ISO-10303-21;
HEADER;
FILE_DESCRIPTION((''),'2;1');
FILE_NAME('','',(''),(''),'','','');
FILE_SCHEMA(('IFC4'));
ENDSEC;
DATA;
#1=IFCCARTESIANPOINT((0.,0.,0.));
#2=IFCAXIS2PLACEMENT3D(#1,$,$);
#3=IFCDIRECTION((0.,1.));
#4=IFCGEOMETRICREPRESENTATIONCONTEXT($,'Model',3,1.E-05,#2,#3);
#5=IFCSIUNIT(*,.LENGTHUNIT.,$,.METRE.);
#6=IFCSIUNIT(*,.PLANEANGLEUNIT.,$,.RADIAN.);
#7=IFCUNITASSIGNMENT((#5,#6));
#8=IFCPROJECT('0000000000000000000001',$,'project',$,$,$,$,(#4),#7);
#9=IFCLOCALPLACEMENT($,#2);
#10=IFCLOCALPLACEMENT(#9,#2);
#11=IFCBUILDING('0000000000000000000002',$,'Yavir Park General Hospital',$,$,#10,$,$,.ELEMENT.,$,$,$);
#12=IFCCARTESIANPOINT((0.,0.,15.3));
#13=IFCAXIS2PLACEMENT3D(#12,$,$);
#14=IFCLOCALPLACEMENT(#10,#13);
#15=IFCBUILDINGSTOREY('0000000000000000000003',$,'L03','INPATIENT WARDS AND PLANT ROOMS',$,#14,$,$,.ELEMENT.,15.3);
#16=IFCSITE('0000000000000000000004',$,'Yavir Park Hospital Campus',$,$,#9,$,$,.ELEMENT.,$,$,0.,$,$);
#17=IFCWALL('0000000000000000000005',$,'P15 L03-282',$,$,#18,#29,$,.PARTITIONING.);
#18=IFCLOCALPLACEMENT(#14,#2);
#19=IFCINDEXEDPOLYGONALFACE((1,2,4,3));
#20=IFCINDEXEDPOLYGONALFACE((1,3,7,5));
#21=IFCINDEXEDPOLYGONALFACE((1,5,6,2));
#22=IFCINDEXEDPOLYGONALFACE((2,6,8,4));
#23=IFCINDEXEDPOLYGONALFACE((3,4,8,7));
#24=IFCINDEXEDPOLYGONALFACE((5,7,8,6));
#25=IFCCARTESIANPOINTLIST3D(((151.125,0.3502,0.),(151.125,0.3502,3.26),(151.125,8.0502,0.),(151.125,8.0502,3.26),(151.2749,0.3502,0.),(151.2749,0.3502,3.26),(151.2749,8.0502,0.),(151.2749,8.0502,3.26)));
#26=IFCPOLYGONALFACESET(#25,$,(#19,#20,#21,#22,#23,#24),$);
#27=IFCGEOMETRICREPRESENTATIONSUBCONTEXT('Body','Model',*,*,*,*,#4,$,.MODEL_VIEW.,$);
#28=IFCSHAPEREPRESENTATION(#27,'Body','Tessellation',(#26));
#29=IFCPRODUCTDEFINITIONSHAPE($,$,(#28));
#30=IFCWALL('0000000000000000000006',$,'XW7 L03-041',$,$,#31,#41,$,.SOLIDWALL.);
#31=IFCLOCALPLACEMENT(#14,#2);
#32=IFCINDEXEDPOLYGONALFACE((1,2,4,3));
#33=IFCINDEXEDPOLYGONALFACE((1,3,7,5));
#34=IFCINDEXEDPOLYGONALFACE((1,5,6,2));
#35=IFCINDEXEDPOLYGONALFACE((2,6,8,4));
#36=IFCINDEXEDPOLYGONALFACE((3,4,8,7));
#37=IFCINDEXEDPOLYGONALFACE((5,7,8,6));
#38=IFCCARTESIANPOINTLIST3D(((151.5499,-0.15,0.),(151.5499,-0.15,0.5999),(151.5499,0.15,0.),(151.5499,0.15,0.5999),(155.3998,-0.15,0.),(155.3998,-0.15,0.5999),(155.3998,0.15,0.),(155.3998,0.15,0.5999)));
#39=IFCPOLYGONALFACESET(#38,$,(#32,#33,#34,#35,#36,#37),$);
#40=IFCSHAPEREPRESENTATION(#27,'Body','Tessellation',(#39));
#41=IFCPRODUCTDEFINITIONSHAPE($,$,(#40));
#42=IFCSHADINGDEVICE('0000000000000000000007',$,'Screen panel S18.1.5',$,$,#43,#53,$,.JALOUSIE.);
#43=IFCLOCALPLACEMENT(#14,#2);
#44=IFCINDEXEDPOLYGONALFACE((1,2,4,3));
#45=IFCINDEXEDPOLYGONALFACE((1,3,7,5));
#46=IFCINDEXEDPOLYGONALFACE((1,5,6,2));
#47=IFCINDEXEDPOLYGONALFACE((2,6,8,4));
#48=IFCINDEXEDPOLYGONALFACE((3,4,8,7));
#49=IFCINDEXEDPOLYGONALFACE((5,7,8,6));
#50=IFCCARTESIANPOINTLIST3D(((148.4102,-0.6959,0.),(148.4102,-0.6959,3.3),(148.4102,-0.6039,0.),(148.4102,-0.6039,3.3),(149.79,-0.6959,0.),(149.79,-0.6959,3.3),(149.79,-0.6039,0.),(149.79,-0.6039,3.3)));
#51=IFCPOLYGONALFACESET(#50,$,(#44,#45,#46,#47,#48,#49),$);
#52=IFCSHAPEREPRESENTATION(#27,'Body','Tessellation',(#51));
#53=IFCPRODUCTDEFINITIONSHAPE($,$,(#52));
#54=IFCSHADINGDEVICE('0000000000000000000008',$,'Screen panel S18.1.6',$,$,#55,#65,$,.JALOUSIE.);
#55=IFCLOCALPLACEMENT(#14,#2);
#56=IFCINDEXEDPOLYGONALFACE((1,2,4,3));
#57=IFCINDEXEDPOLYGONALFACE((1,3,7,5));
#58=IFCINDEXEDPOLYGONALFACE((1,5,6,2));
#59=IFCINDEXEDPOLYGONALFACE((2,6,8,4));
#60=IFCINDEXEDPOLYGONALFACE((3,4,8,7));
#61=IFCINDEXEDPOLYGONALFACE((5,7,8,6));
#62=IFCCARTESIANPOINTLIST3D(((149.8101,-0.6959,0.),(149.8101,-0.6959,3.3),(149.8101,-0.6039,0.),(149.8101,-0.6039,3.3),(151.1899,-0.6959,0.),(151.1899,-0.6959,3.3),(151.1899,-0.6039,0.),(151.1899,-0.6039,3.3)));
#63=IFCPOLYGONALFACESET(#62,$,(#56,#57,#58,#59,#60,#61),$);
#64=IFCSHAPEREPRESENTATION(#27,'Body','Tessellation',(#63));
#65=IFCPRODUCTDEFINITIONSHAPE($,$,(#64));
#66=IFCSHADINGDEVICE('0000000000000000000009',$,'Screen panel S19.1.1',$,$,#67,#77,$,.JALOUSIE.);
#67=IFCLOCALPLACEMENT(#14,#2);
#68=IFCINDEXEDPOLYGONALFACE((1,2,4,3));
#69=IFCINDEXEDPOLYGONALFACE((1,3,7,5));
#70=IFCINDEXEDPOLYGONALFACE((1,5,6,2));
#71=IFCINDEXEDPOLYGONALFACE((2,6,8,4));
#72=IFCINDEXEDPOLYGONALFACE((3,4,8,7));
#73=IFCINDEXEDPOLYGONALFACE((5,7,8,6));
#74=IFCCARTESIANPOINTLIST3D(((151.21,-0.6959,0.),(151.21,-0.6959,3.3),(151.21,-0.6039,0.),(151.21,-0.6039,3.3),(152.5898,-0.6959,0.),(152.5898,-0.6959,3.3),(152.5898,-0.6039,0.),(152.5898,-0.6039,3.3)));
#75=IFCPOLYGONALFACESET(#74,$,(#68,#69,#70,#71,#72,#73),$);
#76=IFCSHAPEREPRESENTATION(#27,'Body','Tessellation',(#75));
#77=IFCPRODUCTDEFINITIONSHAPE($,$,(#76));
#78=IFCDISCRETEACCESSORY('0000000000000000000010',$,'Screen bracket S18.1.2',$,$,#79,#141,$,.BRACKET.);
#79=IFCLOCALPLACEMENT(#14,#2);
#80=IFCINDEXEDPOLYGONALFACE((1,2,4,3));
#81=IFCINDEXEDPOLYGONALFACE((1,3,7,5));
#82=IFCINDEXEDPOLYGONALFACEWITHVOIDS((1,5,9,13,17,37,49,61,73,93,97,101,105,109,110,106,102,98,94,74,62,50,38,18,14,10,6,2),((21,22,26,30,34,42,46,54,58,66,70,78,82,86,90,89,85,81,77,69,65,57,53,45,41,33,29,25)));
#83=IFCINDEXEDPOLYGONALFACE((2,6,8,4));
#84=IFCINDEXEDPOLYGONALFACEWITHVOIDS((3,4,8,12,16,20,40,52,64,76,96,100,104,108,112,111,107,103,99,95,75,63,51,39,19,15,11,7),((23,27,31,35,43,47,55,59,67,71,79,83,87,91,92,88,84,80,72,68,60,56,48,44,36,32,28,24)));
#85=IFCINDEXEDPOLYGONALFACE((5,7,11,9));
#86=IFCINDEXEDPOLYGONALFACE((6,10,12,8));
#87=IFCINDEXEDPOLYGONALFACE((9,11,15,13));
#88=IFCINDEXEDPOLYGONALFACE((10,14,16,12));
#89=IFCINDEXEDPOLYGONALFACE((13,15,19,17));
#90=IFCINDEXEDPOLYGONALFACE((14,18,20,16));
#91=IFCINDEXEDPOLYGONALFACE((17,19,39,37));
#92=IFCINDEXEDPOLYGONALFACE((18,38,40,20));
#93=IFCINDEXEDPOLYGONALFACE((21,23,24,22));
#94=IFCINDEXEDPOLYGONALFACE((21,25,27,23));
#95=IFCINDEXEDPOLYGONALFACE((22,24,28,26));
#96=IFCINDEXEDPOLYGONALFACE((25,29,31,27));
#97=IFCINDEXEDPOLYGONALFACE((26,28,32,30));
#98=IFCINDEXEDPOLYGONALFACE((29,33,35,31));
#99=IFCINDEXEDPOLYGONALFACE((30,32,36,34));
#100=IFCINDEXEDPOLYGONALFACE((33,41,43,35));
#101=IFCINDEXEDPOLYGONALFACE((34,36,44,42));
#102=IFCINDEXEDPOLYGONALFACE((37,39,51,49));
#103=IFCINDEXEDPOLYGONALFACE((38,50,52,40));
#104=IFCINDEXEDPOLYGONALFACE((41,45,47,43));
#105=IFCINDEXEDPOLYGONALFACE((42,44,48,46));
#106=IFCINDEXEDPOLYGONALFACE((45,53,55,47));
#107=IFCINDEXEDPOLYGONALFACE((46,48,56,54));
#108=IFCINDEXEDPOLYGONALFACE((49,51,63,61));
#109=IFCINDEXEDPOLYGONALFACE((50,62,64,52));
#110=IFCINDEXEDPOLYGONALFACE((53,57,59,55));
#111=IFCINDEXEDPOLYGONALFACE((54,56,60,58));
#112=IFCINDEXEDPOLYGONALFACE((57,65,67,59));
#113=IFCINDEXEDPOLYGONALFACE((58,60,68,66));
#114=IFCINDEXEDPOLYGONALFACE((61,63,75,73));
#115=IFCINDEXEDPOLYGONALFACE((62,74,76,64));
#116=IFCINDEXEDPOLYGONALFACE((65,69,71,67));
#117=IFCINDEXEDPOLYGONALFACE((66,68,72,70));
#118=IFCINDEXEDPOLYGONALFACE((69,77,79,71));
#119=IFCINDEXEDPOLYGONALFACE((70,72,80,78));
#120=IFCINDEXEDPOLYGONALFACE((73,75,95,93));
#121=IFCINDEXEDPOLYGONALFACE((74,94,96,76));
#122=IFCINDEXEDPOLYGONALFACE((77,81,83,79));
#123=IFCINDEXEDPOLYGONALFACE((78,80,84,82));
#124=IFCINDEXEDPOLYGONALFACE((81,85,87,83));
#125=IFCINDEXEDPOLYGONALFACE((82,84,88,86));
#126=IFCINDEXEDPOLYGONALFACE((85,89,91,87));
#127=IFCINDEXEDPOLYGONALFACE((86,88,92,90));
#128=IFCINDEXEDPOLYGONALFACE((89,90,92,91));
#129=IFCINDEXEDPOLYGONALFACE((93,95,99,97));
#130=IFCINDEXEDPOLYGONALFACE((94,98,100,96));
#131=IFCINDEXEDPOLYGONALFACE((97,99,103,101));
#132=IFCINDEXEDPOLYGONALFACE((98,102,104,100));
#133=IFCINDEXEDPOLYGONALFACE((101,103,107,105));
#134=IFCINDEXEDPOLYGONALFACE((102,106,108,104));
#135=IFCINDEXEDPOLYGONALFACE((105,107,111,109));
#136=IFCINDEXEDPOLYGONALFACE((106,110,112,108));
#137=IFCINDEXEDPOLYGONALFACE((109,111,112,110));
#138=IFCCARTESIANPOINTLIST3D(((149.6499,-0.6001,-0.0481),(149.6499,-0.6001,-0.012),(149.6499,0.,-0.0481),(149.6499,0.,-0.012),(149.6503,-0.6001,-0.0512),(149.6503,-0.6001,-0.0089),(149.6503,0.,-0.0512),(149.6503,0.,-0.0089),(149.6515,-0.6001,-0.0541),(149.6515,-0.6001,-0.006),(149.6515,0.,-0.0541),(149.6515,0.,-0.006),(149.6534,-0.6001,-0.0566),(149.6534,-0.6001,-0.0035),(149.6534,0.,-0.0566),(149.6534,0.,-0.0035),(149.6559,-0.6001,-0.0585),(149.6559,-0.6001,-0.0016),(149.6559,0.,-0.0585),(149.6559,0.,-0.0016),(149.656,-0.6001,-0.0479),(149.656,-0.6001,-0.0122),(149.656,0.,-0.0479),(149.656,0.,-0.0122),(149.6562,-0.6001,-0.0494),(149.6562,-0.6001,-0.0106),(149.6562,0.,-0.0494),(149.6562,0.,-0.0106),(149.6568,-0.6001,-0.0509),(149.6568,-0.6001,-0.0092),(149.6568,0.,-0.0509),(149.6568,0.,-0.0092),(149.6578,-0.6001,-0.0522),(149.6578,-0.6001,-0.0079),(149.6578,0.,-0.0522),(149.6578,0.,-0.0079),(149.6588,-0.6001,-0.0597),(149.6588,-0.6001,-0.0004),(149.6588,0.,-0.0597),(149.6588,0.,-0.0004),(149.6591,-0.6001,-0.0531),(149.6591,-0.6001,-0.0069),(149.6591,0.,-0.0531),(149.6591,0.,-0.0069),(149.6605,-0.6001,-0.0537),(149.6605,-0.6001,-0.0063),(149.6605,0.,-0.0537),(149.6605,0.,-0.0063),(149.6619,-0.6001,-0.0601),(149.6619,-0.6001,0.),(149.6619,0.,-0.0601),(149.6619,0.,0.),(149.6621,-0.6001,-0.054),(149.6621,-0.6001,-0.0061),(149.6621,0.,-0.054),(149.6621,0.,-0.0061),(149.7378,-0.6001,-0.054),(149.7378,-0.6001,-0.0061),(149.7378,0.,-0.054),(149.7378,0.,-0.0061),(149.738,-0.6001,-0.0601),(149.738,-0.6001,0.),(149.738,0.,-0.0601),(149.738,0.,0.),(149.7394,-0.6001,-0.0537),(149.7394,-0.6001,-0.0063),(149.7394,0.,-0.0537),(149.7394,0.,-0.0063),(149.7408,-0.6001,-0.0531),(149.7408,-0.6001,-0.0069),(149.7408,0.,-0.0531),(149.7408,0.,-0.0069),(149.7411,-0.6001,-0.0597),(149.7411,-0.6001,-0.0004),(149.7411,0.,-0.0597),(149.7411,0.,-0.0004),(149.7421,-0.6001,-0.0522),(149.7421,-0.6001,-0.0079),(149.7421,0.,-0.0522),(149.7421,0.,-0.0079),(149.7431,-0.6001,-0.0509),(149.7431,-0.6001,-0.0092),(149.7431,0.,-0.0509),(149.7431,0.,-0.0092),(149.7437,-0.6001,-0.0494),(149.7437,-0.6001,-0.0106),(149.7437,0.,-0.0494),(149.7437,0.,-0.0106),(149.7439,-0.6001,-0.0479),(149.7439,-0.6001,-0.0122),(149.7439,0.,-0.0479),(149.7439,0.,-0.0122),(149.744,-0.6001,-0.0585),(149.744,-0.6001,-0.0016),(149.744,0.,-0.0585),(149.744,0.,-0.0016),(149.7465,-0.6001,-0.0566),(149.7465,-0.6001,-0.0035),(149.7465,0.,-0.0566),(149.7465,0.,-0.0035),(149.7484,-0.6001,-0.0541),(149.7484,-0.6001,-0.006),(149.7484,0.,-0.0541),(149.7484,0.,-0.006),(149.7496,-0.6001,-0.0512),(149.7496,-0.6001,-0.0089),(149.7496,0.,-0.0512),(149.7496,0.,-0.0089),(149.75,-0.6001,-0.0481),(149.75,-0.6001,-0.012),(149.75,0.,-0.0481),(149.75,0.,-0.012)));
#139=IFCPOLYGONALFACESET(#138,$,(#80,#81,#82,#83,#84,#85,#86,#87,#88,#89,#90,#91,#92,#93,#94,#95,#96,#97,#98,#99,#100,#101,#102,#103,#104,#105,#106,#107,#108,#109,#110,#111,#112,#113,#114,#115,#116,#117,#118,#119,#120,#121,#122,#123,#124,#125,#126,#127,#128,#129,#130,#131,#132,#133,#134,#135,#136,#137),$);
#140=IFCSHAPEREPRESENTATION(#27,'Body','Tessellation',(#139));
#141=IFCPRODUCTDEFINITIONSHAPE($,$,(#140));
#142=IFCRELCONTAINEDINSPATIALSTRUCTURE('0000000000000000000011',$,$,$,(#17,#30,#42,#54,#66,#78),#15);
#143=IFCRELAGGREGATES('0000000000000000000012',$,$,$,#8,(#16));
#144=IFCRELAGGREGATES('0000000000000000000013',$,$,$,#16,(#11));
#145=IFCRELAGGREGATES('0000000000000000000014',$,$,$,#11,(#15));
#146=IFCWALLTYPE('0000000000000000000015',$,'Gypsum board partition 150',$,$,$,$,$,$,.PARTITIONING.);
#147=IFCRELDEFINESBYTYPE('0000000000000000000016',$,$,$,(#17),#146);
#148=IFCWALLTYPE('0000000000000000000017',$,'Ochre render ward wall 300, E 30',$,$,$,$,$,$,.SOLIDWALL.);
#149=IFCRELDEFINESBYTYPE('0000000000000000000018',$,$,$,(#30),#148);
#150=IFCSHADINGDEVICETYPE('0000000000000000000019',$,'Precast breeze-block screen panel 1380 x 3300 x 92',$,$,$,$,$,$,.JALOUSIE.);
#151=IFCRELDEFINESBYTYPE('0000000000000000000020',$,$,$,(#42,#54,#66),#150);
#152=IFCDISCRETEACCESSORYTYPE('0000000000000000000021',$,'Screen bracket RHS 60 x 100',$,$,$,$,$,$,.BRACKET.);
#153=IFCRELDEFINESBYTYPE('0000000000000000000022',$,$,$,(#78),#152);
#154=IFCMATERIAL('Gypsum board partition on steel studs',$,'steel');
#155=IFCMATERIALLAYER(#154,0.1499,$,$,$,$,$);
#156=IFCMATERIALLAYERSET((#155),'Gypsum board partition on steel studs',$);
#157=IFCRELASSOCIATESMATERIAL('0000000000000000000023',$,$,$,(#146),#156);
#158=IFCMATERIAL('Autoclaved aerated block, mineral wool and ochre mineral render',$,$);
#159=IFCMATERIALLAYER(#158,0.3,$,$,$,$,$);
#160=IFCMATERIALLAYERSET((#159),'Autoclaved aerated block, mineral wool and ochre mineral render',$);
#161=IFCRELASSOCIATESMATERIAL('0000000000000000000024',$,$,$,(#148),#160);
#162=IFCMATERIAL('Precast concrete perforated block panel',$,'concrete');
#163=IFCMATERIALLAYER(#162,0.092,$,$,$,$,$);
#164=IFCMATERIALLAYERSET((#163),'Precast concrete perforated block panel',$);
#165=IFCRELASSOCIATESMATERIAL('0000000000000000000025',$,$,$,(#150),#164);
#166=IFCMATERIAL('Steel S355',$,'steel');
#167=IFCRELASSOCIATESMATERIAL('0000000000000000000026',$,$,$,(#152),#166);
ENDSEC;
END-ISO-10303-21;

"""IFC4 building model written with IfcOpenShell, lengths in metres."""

from ifc_helpers import new_model, si_unit, direction, frame, frame_2d, origin, origin_2d, place, context, subcontext, project, spatial, rectangle, hollow_rectangle, extrude, material, layer, layer_set, material_profile, profile_set, type_object, element, save


model = new_model("IFC4")

# Units and contexts
model_context = context("Model", 3, precision=1e-05, world=origin(), true_north=direction((0.0, 1.0)))
body_context = subcontext(model_context, "Body", "Model", "MODEL_VIEW")
ifc_project = project(units=[si_unit("LENGTHUNIT", "METRE"), si_unit("PLANEANGLEUNIT", "RADIAN")], contexts=[model_context])

# Site, building, storey
site_placement = place(None, origin())
site = spatial("IfcSite", under=ifc_project, at=site_placement, Name="Yavir Park Hospital Campus", CompositionType="ELEMENT", RefElevation=0.0)
building_placement = place(site_placement, origin())
building = spatial("IfcBuilding", under=site, at=building_placement, Name="Yavir Park General Hospital", CompositionType="ELEMENT")
storey_placement = place(building_placement, frame((0.0, 0.0, 15.3)))
storey = spatial("IfcBuildingStorey", under=building, at=storey_placement, Name="L03", Description="INPATIENT WARDS AND PLANT ROOMS", CompositionType="ELEMENT", Elevation=15.3)

# Walls
ifc_material_1 = material(Name="Gypsum board partition on steel studs", Category="steel")
ifc_layer_1 = layer(ifc_material_1, 0.1499)
ifc_layer_set_1 = layer_set([ifc_layer_1], Name="Gypsum board partition on steel studs")
wall_type_1 = type_object("IfcWallType", Name="Gypsum board partition 150", PredefinedType="PARTITIONING", material=ifc_layer_set_1)
wall_1_placement = place(storey_placement, frame((151.2, 0.3501, 0.0), z_axis=(0.0, 0.0, 1.0), x_axis=(0.0, 1.0, 0.0)))
element("IfcWall", 1, at=wall_1_placement, inside=storey, type_object=wall_type_1, Name="P15 L03-282", PredefinedType="PARTITIONING", context=body_context, shape_type="SweptSolid", body=[
    extrude(rectangle(XDim=7.7, YDim=0.1499, at=frame_2d((3.8501, 0.0))), origin(), (0.0, 0.0, 1.0), 3.26),
])
ifc_material_2 = material(Name="Autoclaved aerated block, mineral wool and ochre mineral render")
ifc_layer_2 = layer(ifc_material_2, 0.3)
ifc_layer_set_2 = layer_set([ifc_layer_2], Name="Autoclaved aerated block, mineral wool and ochre mineral render")
wall_type_2 = type_object("IfcWallType", Name="Ochre render ward wall 300, E 30", PredefinedType="SOLIDWALL", material=ifc_layer_set_2)
wall_2_placement = place(storey_placement, frame((151.55, 0.0, 0.0), z_axis=(0.0, 0.0, 1.0), x_axis=(1.0, 0.0, 0.0)))
element("IfcWall", 2, at=wall_2_placement, inside=storey, type_object=wall_type_2, Name="XW7 L03-041", PredefinedType="SOLIDWALL", context=body_context, shape_type="SweptSolid", body=[
    extrude(rectangle(XDim=3.8499, YDim=0.3, at=frame_2d((1.9248, 0.0))), origin(), (0.0, 0.0, 1.0), 0.5999),
])

# Shading devices
ifc_material_3 = material(Name="Precast concrete perforated block panel", Category="concrete")
ifc_layer_3 = layer(ifc_material_3, 0.092)
ifc_layer_set_3 = layer_set([ifc_layer_3], Name="Precast concrete perforated block panel")
shading_device_type = type_object("IfcShadingDeviceType", Name="Precast breeze-block screen panel 1380 x 3300 x 92", PredefinedType="JALOUSIE", material=ifc_layer_set_3)
for number, where, z_axis, x_axis, name in (
    (3, (149.1001, -0.6499, 0.0), (0.0, 0.0, 1.0), (1.0, 0.0, 0.0), "Screen panel S18.1.5"),
    (4, (150.5, -0.6499, 0.0), (0.0, 0.0, 1.0), (1.0, 0.0, 0.0), "Screen panel S18.1.6"),
    (5, (151.8999, -0.6499, 0.0), (0.0, 0.0, 1.0), (1.0, 0.0, 0.0), "Screen panel S19.1.1"),
):
    element("IfcShadingDevice", number, at=place(storey_placement, frame(where, z_axis=z_axis, x_axis=x_axis)), inside=storey, type_object=shading_device_type, Name=name, PredefinedType="JALOUSIE", context=body_context, shape_type="SweptSolid", body=[
        extrude(rectangle(XDim=1.3799, YDim=0.092, at=origin_2d()), origin(), (0.0, 0.0, 1.0), 3.3),
    ])

# Discrete accessory
ifc_material_4 = material(Name="Steel S355", Category="steel")
ifc_material_profile_1 = material_profile(ifc_material_4, hollow_rectangle(XDim=0.1001, YDim=0.0601, WallThickness=0.0061, InnerFilletRadius=0.0061, OuterFilletRadius=0.012, at=origin_2d()), Name="RHS60x100x6")
ifc_profile_set_1 = profile_set([ifc_material_profile_1], Name="Steel S355")
discrete_accessory_type_1 = type_object("IfcDiscreteAccessoryType", Name="Screen bracket RHS 60 x 100", PredefinedType="BRACKET", material=ifc_profile_set_1)
for number, where, z_axis, x_axis, name in (
    (6, (149.7, 0.0, -0.03), (0.0, -1.0, 0.0), (1.0, 0.0, 0.0), "Screen bracket S18.1.2"),
):
    element("IfcDiscreteAccessory", number, at=place(storey_placement, frame(where, z_axis=z_axis, x_axis=x_axis)), inside=storey, type_object=discrete_accessory_type_1, Name=name, PredefinedType="BRACKET", context=body_context, shape_type="SweptSolid", body=[
        extrude(hollow_rectangle(XDim=0.1001, YDim=0.0601, WallThickness=0.0061, InnerFilletRadius=0.0061, OuterFilletRadius=0.012, at=origin_2d()), origin(), (0.0, 0.0, 1.0), 0.6001),
    ])

save(model, "model.ifc")
